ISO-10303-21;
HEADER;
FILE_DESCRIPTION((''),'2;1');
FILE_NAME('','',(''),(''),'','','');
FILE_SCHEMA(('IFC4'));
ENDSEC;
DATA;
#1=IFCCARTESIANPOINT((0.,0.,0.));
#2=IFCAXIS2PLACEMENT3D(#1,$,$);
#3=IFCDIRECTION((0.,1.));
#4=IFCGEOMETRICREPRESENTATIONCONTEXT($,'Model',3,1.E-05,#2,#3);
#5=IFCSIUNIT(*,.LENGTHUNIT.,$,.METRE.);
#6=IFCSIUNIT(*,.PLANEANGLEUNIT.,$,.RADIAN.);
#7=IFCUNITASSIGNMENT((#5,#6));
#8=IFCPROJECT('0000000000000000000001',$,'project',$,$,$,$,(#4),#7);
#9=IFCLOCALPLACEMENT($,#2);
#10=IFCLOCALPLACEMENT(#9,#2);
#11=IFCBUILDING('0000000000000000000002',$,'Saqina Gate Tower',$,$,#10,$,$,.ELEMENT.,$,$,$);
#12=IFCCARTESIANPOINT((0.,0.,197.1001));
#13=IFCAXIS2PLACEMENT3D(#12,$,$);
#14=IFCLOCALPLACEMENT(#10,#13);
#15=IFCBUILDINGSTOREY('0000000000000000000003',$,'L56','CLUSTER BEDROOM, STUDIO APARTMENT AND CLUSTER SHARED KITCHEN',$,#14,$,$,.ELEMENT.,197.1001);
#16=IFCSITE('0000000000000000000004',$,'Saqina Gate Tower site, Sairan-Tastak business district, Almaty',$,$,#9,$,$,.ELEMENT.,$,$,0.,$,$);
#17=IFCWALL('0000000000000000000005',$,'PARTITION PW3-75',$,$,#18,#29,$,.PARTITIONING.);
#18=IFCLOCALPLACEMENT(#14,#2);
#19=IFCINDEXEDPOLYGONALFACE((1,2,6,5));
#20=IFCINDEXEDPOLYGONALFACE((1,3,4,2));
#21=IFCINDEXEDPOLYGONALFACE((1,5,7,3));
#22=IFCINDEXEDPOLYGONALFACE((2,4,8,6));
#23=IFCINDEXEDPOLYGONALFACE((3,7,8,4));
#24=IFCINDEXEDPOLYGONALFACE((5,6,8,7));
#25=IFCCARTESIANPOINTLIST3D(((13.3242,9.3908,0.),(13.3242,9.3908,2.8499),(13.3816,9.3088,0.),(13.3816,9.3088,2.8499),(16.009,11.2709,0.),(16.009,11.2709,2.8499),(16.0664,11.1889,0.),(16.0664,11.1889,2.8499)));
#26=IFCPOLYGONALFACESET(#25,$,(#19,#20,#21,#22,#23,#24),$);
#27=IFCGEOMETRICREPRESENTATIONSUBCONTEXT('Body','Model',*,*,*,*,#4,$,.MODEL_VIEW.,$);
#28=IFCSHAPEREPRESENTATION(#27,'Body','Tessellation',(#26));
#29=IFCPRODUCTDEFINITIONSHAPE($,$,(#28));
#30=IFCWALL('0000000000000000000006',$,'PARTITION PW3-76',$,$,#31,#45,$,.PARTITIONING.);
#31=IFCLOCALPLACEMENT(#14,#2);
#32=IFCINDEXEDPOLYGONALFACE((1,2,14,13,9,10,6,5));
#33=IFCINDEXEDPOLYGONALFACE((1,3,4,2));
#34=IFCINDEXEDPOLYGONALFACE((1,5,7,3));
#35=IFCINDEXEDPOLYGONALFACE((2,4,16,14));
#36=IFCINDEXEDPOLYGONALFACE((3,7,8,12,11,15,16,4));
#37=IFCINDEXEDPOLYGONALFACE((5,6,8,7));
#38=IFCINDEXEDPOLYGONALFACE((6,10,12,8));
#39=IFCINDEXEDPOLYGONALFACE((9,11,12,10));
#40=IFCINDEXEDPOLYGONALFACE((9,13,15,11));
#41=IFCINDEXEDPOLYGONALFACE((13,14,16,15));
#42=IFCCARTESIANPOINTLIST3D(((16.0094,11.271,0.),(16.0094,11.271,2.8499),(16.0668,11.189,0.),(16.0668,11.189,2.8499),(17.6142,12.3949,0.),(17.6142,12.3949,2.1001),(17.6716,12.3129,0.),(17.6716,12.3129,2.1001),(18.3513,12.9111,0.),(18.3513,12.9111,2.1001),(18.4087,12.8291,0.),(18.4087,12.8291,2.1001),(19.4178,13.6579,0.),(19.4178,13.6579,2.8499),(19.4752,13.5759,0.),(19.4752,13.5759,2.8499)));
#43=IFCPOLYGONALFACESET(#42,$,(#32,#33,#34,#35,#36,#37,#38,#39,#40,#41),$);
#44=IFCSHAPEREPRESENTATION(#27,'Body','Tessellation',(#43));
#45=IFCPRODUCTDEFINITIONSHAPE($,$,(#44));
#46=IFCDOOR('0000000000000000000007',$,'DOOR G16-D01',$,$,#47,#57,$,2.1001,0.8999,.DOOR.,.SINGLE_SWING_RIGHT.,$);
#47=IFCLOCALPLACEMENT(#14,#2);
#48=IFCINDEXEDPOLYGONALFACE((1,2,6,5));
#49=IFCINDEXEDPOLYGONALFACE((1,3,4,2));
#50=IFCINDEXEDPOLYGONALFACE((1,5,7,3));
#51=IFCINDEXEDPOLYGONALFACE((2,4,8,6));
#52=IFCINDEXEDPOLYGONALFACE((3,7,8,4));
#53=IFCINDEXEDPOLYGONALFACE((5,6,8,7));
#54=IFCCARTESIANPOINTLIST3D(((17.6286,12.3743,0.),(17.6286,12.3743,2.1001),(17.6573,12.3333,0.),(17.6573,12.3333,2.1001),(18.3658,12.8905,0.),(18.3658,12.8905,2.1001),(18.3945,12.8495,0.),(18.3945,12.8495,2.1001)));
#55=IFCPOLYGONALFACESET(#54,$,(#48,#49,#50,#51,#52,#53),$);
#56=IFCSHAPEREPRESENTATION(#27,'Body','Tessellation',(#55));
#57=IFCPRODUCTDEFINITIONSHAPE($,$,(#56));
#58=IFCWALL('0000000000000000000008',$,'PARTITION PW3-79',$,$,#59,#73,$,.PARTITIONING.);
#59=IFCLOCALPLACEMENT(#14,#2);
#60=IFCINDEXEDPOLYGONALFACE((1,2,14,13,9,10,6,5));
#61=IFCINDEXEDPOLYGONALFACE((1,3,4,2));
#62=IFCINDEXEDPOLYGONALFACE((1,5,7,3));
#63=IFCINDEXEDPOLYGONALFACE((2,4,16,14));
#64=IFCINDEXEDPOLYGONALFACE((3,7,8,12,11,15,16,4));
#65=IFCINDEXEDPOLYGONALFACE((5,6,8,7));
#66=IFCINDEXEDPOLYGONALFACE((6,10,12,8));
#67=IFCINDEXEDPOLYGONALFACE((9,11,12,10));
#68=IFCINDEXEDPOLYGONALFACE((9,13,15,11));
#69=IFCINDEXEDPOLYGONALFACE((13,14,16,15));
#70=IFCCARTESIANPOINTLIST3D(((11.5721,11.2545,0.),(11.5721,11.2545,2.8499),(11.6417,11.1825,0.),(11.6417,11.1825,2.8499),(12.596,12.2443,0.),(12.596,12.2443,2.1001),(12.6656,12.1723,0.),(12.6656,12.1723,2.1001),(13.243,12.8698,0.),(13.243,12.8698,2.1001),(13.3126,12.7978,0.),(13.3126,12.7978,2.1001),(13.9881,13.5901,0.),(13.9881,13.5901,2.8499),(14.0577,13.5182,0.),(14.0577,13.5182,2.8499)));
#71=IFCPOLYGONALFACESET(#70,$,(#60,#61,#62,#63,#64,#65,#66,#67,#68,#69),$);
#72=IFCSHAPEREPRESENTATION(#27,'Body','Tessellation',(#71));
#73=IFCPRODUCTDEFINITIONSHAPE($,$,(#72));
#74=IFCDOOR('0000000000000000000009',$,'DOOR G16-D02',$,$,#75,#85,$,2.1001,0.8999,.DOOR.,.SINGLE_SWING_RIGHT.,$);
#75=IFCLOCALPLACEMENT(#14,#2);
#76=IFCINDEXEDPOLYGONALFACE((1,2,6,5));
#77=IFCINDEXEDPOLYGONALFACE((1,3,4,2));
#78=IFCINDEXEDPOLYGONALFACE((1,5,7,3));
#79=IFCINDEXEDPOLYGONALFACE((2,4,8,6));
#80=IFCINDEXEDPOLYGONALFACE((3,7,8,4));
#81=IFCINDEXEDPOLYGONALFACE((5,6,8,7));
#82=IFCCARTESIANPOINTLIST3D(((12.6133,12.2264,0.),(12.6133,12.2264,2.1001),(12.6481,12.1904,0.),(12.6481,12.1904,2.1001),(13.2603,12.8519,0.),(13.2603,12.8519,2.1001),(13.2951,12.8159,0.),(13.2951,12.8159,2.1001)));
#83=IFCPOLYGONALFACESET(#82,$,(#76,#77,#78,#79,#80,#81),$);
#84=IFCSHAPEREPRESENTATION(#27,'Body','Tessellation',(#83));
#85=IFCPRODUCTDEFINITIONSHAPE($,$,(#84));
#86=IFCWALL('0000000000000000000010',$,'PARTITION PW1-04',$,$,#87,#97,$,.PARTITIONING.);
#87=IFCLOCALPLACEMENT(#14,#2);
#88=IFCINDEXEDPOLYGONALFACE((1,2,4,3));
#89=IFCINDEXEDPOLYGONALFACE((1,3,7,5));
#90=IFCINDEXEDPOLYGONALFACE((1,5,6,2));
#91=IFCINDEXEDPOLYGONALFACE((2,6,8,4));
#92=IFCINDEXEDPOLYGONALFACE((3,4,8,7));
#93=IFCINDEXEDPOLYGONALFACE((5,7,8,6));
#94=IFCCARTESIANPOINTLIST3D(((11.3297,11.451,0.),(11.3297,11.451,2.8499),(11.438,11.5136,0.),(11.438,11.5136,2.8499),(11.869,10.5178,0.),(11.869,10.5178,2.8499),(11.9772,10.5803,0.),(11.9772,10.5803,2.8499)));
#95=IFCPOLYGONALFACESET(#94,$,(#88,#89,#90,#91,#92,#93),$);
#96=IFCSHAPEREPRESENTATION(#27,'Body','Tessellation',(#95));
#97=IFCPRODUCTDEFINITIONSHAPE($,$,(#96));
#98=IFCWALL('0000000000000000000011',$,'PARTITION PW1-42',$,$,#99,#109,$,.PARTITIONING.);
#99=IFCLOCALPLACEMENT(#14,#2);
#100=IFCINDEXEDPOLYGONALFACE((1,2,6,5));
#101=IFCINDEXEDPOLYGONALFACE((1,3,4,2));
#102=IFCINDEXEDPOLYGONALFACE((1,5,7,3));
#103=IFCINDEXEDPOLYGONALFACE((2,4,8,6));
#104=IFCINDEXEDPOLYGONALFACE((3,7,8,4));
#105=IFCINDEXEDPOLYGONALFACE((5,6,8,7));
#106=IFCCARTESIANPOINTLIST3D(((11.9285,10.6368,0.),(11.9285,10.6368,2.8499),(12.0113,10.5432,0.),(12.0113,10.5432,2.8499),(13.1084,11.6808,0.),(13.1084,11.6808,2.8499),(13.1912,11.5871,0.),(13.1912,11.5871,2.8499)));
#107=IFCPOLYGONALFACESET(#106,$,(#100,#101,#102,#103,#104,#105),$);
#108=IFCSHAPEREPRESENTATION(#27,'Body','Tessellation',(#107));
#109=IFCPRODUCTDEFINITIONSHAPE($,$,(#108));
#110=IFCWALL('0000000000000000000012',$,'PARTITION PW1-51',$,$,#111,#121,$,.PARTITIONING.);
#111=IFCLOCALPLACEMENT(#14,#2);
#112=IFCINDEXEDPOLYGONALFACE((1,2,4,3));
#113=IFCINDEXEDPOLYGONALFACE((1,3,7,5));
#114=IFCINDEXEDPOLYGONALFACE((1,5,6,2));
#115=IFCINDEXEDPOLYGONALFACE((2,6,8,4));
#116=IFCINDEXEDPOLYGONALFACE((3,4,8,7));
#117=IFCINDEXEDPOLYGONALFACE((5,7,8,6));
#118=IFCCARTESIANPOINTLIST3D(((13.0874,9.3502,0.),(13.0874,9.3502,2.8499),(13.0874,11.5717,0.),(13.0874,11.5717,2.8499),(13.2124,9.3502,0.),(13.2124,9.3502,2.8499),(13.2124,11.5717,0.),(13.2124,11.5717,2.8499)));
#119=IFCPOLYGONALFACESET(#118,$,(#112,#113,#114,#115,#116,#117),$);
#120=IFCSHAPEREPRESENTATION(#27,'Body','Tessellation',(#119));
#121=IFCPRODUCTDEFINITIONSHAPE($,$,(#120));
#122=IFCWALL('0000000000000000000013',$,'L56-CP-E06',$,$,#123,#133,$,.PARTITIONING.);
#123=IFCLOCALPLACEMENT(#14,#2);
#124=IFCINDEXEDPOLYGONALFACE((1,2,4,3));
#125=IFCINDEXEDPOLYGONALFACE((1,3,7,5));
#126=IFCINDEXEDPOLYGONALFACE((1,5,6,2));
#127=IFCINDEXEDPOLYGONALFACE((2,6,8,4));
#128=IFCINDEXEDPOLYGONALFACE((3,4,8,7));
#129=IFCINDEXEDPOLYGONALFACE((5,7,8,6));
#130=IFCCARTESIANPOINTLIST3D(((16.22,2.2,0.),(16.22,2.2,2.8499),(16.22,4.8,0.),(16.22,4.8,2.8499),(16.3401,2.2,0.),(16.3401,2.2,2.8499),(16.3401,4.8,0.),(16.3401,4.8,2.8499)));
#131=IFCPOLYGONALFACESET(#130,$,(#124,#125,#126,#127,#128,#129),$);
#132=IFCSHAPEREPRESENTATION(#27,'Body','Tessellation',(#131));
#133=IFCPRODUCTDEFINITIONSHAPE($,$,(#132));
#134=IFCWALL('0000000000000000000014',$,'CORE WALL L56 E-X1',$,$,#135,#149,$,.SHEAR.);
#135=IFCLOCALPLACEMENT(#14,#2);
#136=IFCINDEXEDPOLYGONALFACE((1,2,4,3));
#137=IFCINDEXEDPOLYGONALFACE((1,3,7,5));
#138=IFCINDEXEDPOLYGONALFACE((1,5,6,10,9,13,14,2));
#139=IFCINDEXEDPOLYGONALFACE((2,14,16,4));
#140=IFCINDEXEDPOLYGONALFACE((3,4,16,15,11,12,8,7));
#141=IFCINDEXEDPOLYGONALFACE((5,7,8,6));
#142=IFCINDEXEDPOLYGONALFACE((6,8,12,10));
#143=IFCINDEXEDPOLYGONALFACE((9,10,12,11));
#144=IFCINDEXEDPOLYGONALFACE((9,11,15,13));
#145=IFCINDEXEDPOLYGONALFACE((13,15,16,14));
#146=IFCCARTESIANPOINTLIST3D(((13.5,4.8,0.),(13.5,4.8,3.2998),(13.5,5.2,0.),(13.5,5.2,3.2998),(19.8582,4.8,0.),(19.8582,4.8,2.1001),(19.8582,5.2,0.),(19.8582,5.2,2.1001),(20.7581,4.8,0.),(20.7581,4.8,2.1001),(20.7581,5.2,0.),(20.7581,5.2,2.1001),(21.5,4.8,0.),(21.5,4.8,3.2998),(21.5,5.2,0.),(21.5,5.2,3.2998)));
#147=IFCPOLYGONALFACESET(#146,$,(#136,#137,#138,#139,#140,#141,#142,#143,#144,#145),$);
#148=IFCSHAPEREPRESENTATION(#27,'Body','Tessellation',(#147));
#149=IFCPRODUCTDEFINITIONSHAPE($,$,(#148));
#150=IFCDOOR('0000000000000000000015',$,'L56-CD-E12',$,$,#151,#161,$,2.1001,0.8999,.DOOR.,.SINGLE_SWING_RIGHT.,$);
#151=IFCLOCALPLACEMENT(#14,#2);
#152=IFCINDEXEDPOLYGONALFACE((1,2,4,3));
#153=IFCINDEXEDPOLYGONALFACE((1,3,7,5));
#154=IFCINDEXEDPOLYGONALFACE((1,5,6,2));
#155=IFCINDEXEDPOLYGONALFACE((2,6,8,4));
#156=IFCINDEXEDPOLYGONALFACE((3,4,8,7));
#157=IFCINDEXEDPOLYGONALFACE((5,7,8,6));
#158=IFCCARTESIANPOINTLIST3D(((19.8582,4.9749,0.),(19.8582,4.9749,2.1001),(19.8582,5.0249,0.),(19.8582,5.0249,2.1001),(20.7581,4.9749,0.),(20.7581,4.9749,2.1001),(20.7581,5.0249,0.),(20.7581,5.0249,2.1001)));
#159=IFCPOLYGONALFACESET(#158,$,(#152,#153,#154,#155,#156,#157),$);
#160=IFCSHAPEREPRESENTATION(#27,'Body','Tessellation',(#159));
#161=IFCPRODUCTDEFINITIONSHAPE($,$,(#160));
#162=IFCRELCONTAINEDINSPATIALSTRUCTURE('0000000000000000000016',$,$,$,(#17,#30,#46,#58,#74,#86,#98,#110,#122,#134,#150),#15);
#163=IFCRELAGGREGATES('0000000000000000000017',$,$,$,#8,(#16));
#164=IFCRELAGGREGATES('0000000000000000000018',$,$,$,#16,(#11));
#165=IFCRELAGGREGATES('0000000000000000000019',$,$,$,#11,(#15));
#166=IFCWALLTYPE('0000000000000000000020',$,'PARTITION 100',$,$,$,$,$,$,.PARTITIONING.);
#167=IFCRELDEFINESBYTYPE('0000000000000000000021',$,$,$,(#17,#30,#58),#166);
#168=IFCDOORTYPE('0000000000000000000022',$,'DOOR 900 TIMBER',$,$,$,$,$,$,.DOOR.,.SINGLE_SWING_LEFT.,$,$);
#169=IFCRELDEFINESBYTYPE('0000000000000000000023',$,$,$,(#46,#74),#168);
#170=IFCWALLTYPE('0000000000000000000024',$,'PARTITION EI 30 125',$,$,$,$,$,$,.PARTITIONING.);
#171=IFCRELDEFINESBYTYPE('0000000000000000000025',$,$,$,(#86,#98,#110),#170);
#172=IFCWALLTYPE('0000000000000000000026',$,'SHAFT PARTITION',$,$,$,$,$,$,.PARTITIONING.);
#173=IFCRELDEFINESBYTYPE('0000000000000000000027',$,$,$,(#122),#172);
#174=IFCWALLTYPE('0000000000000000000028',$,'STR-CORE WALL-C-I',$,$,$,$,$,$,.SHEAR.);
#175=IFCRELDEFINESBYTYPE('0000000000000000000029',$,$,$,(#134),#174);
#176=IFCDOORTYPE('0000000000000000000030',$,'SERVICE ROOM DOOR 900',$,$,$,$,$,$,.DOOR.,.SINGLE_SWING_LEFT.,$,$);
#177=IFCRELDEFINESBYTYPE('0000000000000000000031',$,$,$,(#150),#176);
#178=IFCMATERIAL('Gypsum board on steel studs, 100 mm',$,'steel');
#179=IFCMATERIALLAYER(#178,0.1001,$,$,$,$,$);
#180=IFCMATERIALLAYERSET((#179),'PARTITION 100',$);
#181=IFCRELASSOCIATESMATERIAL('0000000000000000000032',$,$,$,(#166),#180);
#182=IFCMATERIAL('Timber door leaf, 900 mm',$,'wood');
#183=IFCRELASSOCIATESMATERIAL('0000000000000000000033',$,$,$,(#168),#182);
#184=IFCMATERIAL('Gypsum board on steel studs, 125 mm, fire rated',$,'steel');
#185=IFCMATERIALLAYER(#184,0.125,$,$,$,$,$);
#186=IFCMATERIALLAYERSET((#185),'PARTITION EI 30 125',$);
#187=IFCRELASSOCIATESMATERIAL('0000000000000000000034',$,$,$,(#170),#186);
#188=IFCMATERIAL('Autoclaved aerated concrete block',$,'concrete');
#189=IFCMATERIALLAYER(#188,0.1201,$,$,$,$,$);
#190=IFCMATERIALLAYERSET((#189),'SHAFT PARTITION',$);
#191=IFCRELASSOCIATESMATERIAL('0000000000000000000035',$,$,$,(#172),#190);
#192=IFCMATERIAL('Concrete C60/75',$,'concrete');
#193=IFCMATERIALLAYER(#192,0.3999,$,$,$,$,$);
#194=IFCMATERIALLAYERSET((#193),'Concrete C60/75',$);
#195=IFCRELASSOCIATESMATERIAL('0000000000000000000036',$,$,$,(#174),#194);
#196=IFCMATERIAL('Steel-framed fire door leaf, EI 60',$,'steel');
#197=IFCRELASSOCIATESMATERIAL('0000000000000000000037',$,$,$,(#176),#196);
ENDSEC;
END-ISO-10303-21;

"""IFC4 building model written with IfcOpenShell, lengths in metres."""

from ifc_helpers import new_model, si_unit, direction, frame, frame_2d, origin, place, context, subcontext, project, spatial, rectangle, extrude, material, layer, layer_set, type_object, element, fill, save


model = new_model("IFC4")

# Units and contexts
model_context = context("Model", 3, precision=1e-05, world=origin(), true_north=direction((0.0, 1.0)))
body_context = subcontext(model_context, "Body", "Model", "MODEL_VIEW")
ifc_project = project(units=[si_unit("LENGTHUNIT", "METRE"), si_unit("PLANEANGLEUNIT", "RADIAN")], contexts=[model_context])

# Site, building, storey
site_placement = place(None, origin())
site = spatial("IfcSite", under=ifc_project, at=site_placement, Name="Saqina Gate Tower site, Sairan-Tastak business district, Almaty", CompositionType="ELEMENT", RefElevation=0.0)
building_placement = place(site_placement, origin())
building = spatial("IfcBuilding", under=site, at=building_placement, Name="Saqina Gate Tower", CompositionType="ELEMENT")
storey_placement = place(building_placement, frame((0.0, 0.0, 197.1001)))
storey = spatial("IfcBuildingStorey", under=building, at=storey_placement, Name="L56", Description="CLUSTER BEDROOM, STUDIO APARTMENT AND CLUSTER SHARED KITCHEN", CompositionType="ELEMENT", Elevation=197.1001)

# Wall
ifc_material_1 = material(Name="Gypsum board on steel studs, 100 mm", Category="steel")
ifc_layer_1 = layer(ifc_material_1, 0.1001)
ifc_layer_set_1 = layer_set([ifc_layer_1], Name="PARTITION 100")
wall_type_1 = type_object("IfcWallType", Name="PARTITION 100", PredefinedType="PARTITIONING", material=ifc_layer_set_1)
wall_1_placement = place(storey_placement, frame((13.353, 9.3499, 0.0), z_axis=(0.0, 0.0, 1.0), x_axis=(0.819123, 0.573617, 0.0)))
element("IfcWall", 1, at=wall_1_placement, inside=storey, type_object=wall_type_1, Name="PARTITION PW3-75", PredefinedType="PARTITIONING", context=body_context, shape_type="SweptSolid", body=[
    extrude(rectangle(XDim=3.2776, YDim=0.1001, at=frame_2d((1.6387, 0.0))), origin(), (0.0, 0.0, 1.0), 2.8499),
])

# Walls, openings, doors
wall_2_placement = place(storey_placement, frame((16.0381, 11.23, 0.0), z_axis=(0.0, 0.0, 1.0), x_axis=(0.819113, 0.573632, 0.0)))
wall_2 = element("IfcWall", 2, at=wall_2_placement, inside=storey, type_object=wall_type_1, Name="PARTITION PW3-76", PredefinedType="PARTITIONING", context=body_context, shape_type="SweptSolid", body=[
    extrude(rectangle(XDim=4.1611, YDim=0.1001, at=frame_2d((2.0806, 0.0))), origin(), (0.0, 0.0, 1.0), 2.8499),
])
opening_1_placement = place(wall_2_placement, frame((1.9592, 0.0, 0.0)))
opening_1 = element("IfcOpeningElement", 3, at=opening_1_placement, cuts=wall_2, PredefinedType="OPENING", context=body_context, shape_type="SweptSolid", body=[
    extrude(rectangle(XDim=0.8999, YDim=2.1001, at=frame_2d((0.45, 1.05))), frame((0.0, 0.062, 0.0), z_axis=(0.0, -1.0, 0.0), x_axis=(1.0, 0.0, 0.0)), (0.0, 0.0, 1.0), 0.124),
])
ifc_material_2 = material(Name="Timber door leaf, 900 mm", Category="wood")
door_type_1 = type_object("IfcDoorType", Name="DOOR 900 TIMBER", OperationType="SINGLE_SWING_LEFT", PredefinedType="DOOR", material=ifc_material_2)
door_1_placement = place(opening_1_placement, origin())
door_1 = element("IfcDoor", 4, at=door_1_placement, inside=storey, type_object=door_type_1, Name="DOOR G16-D01", OperationType="SINGLE_SWING_RIGHT", OverallHeight=2.1001, OverallWidth=0.8999, PredefinedType="DOOR", context=body_context, shape_type="SweptSolid", body=[
    extrude(rectangle(XDim=0.8999, YDim=2.1001, at=frame_2d((0.45, 1.05))), frame((0.0, 0.0249, 0.0), z_axis=(0.0, -1.0, 0.0), x_axis=(1.0, 0.0, 0.0)), (0.0, 0.0, 1.0), 0.05),
])
fill(opening_1, door_1)
wall_3_placement = place(storey_placement, frame((11.6069, 11.2185, 0.0), z_axis=(0.0, 0.0, 1.0), x_axis=(0.718957, 0.695055, 0.0)))
wall_3 = element("IfcWall", 5, at=wall_3_placement, inside=storey, type_object=wall_type_1, Name="PARTITION PW3-79", PredefinedType="PARTITIONING", context=body_context, shape_type="SweptSolid", body=[
    extrude(rectangle(XDim=3.3604, YDim=0.1001, at=frame_2d((1.6802, 0.0))), origin(), (0.0, 0.0, 1.0), 2.8499),
])
opening_2_placement = place(wall_3_placement, frame((1.4241, 0.0, 0.0)))
opening_2 = element("IfcOpeningElement", 6, at=opening_2_placement, cuts=wall_3, PredefinedType="OPENING", context=body_context, shape_type="SweptSolid", body=[
    extrude(rectangle(XDim=0.8999, YDim=2.1001, at=frame_2d((0.45, 1.05))), frame((0.0, 0.062, 0.0), z_axis=(0.0, -1.0, 0.0), x_axis=(1.0, 0.0, 0.0)), (0.0, 0.0, 1.0), 0.124),
])
door_2_placement = place(opening_2_placement, frame((0.8999, 0.0, 0.0), z_axis=(0.0, 0.0, 1.0), x_axis=(-1.0, 0.0, 0.0)))
door_2 = element("IfcDoor", 7, at=door_2_placement, inside=storey, type_object=door_type_1, Name="DOOR G16-D02", OperationType="SINGLE_SWING_RIGHT", OverallHeight=2.1001, OverallWidth=0.8999, PredefinedType="DOOR", context=body_context, shape_type="SweptSolid", body=[
    extrude(rectangle(XDim=0.8999, YDim=2.1001, at=frame_2d((0.45, 1.05))), frame((0.0, 0.0249, 0.0), z_axis=(0.0, -1.0, 0.0), x_axis=(1.0, 0.0, 0.0)), (0.0, 0.0, 1.0), 0.05),
])
fill(opening_2, door_2)

# Walls
ifc_material_3 = material(Name="Gypsum board on steel studs, 125 mm, fire rated", Category="steel")
ifc_layer_2 = layer(ifc_material_3, 0.125)
ifc_layer_set_2 = layer_set([ifc_layer_2], Name="PARTITION EI 30 125")
wall_type_2 = type_object("IfcWallType", Name="PARTITION EI 30 125", PredefinedType="PARTITIONING", material=ifc_layer_set_2)
wall_4_placement = place(storey_placement, frame((11.3838, 11.4824, 0.0), z_axis=(0.0, 0.0, 1.0), x_axis=(0.500304, -0.86585, 0.0)))
element("IfcWall", 8, at=wall_4_placement, inside=storey, type_object=wall_type_2, Name="PARTITION PW1-04", PredefinedType="PARTITIONING", context=body_context, shape_type="SweptSolid", body=[
    extrude(rectangle(XDim=1.0779, YDim=0.125, at=frame_2d((0.5391, 0.0))), origin(), (0.0, 0.0, 1.0), 2.8499),
])
wall_5_placement = place(storey_placement, frame((11.97, 10.5901, 0.0), z_axis=(0.0, 0.0, 1.0), x_axis=(0.748946, 0.662631, 0.0)))
element("IfcWall", 9, at=wall_5_placement, inside=storey, type_object=wall_type_2, Name="PARTITION PW1-42", PredefinedType="PARTITIONING", context=body_context, shape_type="SweptSolid", body=[
    extrude(rectangle(XDim=1.5754, YDim=0.125, at=frame_2d((0.7876, 0.0))), origin(), (0.0, 0.0, 1.0), 2.8499),
])
wall_6_placement = place(storey_placement, frame((13.1499, 9.3501, 0.0), z_axis=(0.0, 0.0, 1.0), x_axis=(0.0, 1.0, 0.0)))
element("IfcWall", 10, at=wall_6_placement, inside=storey, type_object=wall_type_2, Name="PARTITION PW1-51", PredefinedType="PARTITIONING", context=body_context, shape_type="SweptSolid", body=[
    extrude(rectangle(XDim=2.2214, YDim=0.125, at=frame_2d((1.1108, 0.0))), origin(), (0.0, 0.0, 1.0), 2.8499),
])
ifc_material_4 = material(Name="Autoclaved aerated concrete block", Category="concrete")
ifc_layer_3 = layer(ifc_material_4, 0.1201)
ifc_layer_set_3 = layer_set([ifc_layer_3], Name="SHAFT PARTITION")
wall_type_3 = type_object("IfcWallType", Name="SHAFT PARTITION", PredefinedType="PARTITIONING", material=ifc_layer_set_3)
wall_7_placement = place(storey_placement, frame((16.28, 2.2, 0.0), z_axis=(0.0, 0.0, 1.0), x_axis=(0.0, 1.0, 0.0)))
element("IfcWall", 11, at=wall_7_placement, inside=storey, type_object=wall_type_3, Name="L56-CP-E06", PredefinedType="PARTITIONING", context=body_context, shape_type="SweptSolid", body=[
    extrude(rectangle(XDim=2.6001, YDim=0.1201, at=frame_2d((1.3, 0.0))), origin(), (0.0, 0.0, 1.0), 2.8499),
])

# Wall, opening, door
ifc_material_5 = material(Name="Concrete C60/75", Category="concrete")
ifc_layer_4 = layer(ifc_material_5, 0.3999)
ifc_layer_set_4 = layer_set([ifc_layer_4], Name="Concrete C60/75")
wall_type_4 = type_object("IfcWallType", Name="STR-CORE WALL-C-I", PredefinedType="SHEAR", material=ifc_layer_set_4)
wall_8_placement = place(storey_placement, frame((13.5, 5.0, 0.0), z_axis=(0.0, 0.0, 1.0), x_axis=(1.0, 0.0, 0.0)))
wall_8 = element("IfcWall", 12, at=wall_8_placement, inside=storey, type_object=wall_type_4, Name="CORE WALL L56 E-X1", PredefinedType="SHEAR", context=body_context, shape_type="SweptSolid", body=[
    extrude(rectangle(XDim=8.0, YDim=0.3999, at=frame_2d((4.0, 0.0))), origin(), (0.0, 0.0, 1.0), 3.2998),
])
opening_3_placement = place(wall_8_placement, frame((6.3582, 0.0, 0.0)))
opening_3 = element("IfcOpeningElement", 13, at=opening_3_placement, cuts=wall_8, PredefinedType="OPENING", context=body_context, shape_type="SweptSolid", body=[
    extrude(rectangle(XDim=0.8999, YDim=2.1001, at=frame_2d((0.45, 1.05))), frame((0.0, 0.2119, 0.0), z_axis=(0.0, -1.0, 0.0), x_axis=(1.0, 0.0, 0.0)), (0.0, 0.0, 1.0), 0.4238),
])
ifc_material_6 = material(Name="Steel-framed fire door leaf, EI 60", Category="steel")
door_type_2 = type_object("IfcDoorType", Name="SERVICE ROOM DOOR 900", OperationType="SINGLE_SWING_LEFT", PredefinedType="DOOR", material=ifc_material_6)
door_3_placement = place(opening_3_placement, origin())
door_3 = element("IfcDoor", 14, at=door_3_placement, inside=storey, type_object=door_type_2, Name="L56-CD-E12", OperationType="SINGLE_SWING_RIGHT", OverallHeight=2.1001, OverallWidth=0.8999, PredefinedType="DOOR", context=body_context, shape_type="SweptSolid", body=[
    extrude(rectangle(XDim=0.8999, YDim=2.1001, at=frame_2d((0.45, 1.05))), frame((0.0, 0.0249, 0.0), z_axis=(0.0, -1.0, 0.0), x_axis=(1.0, 0.0, 0.0)), (0.0, 0.0, 1.0), 0.05),
])
fill(opening_3, door_3)

save(model, "model.ifc")
